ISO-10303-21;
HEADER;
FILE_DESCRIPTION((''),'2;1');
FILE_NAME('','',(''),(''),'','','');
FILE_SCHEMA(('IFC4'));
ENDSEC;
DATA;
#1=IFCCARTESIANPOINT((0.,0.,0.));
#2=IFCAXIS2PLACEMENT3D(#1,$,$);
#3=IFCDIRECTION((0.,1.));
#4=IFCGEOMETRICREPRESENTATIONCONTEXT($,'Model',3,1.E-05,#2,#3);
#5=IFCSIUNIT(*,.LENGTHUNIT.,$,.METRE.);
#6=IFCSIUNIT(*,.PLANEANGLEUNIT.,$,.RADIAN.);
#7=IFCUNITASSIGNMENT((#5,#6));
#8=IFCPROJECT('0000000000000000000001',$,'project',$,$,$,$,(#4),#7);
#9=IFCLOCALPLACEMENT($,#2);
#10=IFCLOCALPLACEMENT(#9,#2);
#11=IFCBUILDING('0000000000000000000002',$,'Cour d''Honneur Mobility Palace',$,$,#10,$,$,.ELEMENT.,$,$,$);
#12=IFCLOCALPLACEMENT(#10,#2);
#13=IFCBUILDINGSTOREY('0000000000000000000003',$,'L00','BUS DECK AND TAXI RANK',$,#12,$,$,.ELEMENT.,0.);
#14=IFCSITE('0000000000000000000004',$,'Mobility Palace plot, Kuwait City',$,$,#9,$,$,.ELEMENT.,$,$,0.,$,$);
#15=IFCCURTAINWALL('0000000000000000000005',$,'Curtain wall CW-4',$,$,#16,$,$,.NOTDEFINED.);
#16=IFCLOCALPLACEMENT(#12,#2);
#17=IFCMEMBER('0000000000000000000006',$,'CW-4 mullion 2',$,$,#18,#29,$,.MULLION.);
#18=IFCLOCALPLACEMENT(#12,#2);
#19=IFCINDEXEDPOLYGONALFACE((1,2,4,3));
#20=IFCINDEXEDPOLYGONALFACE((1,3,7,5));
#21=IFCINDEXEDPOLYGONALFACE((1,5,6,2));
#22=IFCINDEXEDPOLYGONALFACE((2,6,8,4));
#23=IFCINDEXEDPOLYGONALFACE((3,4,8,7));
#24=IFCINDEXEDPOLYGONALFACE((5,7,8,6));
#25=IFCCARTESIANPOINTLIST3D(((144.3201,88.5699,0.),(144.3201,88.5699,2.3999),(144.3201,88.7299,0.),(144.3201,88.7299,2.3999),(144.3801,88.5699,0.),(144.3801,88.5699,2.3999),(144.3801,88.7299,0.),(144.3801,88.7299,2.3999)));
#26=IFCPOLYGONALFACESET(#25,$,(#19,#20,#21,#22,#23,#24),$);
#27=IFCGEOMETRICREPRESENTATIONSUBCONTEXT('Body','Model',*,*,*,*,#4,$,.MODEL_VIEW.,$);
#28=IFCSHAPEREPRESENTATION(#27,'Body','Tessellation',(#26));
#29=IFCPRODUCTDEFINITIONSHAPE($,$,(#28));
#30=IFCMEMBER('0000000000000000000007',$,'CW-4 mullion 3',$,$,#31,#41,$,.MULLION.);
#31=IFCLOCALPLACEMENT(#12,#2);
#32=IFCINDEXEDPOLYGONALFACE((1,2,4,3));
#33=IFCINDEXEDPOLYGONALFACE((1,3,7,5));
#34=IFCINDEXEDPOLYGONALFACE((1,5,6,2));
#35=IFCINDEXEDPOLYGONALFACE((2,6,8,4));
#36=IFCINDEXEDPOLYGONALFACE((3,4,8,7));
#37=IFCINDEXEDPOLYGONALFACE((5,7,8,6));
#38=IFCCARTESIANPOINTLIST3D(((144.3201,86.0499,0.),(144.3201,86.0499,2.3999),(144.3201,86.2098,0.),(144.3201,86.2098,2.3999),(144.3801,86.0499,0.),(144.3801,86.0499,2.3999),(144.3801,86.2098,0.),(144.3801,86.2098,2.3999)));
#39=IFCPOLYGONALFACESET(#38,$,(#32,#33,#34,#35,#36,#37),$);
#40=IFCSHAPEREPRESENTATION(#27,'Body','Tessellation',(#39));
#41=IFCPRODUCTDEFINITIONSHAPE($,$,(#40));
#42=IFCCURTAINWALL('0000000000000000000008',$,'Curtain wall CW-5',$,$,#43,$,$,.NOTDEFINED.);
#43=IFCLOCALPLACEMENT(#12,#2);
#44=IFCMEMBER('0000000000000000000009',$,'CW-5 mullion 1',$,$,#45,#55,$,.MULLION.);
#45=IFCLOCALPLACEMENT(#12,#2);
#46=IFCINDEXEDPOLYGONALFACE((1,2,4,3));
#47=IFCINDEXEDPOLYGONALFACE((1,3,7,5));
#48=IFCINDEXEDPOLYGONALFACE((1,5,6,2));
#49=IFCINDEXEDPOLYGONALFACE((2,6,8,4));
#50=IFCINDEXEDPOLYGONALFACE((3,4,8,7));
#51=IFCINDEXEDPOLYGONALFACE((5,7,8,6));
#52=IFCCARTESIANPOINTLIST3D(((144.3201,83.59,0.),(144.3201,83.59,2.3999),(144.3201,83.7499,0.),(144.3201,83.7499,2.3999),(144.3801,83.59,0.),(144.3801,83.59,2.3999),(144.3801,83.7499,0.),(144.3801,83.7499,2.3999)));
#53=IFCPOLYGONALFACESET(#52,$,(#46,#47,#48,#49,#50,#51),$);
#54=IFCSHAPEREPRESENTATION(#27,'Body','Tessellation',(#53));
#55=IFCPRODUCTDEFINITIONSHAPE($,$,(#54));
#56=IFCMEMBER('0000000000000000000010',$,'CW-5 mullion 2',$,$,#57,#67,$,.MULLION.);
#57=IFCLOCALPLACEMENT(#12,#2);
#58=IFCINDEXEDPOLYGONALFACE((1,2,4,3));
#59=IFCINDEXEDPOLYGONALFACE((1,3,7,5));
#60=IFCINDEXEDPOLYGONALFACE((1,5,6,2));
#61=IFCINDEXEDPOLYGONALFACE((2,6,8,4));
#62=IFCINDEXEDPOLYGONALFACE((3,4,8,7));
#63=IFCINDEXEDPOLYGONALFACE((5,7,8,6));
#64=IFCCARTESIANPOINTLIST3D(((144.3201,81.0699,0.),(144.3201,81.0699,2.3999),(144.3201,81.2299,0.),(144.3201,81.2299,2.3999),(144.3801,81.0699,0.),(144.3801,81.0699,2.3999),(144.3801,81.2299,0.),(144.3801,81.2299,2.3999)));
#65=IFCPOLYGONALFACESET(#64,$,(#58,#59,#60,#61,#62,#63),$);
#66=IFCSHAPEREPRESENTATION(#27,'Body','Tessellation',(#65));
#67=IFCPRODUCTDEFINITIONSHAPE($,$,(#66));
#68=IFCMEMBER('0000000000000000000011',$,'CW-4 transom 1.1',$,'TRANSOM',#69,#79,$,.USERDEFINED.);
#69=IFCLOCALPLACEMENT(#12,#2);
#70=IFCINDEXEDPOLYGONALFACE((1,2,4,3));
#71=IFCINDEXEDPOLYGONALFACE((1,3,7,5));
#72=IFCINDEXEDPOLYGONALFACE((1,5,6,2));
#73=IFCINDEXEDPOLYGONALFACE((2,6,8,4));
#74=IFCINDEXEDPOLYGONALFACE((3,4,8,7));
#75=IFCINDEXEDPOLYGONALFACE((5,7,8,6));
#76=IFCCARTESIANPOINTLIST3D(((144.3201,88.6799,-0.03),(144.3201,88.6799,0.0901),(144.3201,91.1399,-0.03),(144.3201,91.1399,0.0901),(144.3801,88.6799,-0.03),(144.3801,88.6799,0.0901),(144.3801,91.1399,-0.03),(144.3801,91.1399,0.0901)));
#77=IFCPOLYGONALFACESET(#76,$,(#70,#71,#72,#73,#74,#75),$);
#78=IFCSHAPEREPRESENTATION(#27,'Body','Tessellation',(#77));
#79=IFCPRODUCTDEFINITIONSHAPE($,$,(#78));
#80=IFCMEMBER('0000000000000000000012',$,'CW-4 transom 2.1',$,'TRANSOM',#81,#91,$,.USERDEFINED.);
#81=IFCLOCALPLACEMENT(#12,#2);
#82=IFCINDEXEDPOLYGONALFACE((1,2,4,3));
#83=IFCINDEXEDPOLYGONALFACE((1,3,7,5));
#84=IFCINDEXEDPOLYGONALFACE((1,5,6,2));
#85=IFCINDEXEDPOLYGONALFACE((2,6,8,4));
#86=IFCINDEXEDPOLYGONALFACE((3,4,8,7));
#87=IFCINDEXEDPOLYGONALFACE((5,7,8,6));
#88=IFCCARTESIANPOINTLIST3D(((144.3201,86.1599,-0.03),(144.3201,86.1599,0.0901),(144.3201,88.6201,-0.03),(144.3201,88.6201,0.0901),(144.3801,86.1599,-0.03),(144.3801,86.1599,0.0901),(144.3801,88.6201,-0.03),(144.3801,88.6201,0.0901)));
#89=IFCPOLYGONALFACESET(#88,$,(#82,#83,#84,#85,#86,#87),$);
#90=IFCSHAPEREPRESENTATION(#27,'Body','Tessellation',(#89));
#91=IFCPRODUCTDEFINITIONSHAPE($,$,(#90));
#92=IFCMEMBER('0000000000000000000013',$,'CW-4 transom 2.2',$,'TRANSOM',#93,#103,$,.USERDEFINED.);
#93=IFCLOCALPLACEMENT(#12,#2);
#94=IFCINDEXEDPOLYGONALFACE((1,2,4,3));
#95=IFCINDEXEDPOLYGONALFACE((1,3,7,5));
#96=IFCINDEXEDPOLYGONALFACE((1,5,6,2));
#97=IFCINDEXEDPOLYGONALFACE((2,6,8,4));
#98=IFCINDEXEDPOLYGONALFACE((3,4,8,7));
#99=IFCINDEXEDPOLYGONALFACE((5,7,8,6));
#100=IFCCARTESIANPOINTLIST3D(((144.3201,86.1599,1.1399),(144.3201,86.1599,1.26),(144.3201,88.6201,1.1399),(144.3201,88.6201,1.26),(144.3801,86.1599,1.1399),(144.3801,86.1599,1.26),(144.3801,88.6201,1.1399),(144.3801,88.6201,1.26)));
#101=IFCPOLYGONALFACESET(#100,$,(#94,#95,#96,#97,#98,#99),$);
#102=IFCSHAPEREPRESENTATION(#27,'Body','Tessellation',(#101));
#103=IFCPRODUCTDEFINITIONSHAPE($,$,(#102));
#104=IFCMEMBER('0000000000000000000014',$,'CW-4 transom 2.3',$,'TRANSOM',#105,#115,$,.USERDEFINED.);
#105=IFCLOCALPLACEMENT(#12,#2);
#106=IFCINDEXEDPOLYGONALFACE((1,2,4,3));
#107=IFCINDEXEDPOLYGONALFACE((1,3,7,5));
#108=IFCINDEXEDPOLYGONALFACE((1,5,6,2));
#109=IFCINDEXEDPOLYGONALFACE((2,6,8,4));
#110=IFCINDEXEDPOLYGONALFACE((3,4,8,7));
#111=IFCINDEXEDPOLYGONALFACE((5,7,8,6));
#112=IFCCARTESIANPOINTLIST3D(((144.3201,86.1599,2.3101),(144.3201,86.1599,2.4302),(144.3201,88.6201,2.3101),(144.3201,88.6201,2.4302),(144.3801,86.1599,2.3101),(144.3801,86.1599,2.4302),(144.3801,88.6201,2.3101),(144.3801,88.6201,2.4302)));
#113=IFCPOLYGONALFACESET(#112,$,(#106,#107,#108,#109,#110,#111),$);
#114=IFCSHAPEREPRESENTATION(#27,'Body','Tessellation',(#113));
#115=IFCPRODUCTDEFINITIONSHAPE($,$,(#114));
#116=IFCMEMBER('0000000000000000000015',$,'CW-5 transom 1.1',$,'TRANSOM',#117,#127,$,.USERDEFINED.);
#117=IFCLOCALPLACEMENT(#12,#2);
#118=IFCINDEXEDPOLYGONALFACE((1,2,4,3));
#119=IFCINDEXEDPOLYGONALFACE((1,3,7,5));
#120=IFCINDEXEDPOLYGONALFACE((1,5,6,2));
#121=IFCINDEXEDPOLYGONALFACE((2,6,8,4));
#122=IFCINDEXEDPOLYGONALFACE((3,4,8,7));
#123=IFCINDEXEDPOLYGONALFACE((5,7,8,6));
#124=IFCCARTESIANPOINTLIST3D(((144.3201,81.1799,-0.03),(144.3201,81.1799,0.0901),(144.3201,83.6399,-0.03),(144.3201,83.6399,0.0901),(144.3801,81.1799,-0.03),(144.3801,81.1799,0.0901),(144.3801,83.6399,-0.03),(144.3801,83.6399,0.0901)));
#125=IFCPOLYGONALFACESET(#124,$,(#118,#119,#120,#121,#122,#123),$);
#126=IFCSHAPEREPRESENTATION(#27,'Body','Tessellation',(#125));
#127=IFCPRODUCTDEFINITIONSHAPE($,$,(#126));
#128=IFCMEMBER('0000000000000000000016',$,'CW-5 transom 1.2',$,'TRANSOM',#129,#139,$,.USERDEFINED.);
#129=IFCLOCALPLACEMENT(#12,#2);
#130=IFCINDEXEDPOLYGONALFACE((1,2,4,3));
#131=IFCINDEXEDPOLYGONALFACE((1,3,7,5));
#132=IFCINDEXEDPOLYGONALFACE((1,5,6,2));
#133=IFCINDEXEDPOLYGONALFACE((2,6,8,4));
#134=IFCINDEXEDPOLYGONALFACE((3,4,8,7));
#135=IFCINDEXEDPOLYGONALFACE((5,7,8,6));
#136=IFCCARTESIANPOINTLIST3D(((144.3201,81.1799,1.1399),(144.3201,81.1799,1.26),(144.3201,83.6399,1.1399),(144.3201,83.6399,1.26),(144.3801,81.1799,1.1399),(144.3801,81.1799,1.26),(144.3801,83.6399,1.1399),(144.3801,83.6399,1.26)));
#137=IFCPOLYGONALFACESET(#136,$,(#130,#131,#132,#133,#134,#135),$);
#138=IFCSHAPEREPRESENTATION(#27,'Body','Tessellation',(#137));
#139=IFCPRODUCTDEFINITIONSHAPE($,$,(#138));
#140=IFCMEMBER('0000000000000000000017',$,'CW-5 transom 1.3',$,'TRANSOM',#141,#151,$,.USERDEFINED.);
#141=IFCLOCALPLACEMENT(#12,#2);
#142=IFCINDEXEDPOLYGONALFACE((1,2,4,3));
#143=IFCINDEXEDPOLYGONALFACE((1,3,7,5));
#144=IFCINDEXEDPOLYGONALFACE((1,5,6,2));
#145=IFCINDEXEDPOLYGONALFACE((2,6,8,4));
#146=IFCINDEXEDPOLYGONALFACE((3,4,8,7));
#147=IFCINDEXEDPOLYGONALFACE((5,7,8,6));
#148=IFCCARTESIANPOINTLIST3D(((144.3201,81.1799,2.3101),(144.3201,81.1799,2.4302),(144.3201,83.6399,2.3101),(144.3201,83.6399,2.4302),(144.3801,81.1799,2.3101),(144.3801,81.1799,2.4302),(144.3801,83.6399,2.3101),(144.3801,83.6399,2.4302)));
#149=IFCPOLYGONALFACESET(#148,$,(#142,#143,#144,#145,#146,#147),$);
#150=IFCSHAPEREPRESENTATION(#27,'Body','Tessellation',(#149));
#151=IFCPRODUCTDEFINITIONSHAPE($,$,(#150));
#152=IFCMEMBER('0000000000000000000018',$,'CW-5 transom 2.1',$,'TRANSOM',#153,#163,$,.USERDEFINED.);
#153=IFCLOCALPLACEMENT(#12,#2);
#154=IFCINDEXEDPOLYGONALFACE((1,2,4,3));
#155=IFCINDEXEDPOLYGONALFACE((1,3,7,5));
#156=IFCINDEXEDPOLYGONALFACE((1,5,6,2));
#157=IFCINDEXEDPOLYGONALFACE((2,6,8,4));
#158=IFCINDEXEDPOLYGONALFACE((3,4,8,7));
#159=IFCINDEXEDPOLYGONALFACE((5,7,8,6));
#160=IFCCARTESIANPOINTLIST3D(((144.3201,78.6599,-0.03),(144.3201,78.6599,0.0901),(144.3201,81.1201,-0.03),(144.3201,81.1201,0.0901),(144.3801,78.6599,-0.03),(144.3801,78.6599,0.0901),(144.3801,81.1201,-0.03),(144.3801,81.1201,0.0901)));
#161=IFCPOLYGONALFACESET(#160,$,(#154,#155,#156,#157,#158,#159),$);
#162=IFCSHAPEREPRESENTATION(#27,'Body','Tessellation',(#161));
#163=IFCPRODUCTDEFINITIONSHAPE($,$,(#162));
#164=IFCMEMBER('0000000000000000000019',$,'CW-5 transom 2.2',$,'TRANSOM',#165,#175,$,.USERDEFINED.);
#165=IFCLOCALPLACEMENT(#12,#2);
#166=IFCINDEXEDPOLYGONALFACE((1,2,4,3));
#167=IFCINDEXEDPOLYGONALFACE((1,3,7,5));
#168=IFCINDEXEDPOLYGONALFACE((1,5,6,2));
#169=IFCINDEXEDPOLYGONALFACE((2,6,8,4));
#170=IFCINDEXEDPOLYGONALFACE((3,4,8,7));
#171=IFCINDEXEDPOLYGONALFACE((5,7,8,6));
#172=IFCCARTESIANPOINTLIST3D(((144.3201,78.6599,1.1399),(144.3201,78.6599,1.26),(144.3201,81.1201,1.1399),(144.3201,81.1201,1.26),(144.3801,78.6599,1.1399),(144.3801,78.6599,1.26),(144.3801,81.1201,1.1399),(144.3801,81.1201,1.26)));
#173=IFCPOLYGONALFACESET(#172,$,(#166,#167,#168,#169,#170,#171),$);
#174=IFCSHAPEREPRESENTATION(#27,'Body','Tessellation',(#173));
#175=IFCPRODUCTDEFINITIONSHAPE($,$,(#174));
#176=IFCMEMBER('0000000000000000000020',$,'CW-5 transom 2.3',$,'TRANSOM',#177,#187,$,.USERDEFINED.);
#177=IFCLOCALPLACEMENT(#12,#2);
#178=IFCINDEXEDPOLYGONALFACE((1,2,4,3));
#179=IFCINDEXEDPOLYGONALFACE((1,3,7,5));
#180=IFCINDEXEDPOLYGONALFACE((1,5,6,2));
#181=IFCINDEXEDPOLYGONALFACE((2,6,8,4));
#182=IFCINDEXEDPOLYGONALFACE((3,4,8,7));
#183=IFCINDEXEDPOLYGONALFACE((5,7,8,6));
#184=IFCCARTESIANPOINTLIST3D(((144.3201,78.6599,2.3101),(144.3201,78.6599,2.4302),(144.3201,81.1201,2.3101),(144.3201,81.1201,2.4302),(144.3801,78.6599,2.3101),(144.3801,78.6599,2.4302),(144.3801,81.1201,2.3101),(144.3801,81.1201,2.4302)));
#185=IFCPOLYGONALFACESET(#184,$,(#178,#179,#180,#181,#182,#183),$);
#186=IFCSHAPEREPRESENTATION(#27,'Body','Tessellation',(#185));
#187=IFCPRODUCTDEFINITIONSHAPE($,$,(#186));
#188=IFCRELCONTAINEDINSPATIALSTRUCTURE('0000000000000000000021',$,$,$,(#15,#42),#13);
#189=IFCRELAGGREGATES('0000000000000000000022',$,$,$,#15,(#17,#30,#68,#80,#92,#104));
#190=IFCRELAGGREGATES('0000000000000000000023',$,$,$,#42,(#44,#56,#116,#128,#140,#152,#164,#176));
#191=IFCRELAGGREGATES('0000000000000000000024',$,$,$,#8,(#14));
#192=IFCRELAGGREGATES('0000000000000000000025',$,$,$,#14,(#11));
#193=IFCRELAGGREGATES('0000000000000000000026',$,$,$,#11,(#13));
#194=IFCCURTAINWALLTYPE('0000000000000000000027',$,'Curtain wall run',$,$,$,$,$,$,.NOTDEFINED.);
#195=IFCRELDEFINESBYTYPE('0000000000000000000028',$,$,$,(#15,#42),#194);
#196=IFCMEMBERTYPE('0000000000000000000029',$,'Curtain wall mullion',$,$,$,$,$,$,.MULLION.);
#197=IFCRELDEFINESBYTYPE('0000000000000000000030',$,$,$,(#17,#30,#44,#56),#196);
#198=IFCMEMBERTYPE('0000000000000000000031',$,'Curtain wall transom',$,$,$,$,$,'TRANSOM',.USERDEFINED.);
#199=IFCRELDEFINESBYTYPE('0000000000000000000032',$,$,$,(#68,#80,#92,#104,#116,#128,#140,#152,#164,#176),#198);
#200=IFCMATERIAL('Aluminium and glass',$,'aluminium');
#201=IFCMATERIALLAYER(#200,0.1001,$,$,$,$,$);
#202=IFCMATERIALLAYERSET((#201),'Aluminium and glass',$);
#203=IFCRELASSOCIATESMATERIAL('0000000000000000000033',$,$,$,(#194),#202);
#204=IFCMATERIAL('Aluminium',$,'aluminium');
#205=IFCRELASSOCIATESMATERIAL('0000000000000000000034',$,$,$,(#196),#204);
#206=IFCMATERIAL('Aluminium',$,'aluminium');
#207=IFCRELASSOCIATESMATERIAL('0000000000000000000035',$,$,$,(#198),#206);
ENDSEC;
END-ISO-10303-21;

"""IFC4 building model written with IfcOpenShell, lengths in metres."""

from ifc_helpers import new_model, si_unit, direction, frame, origin, origin_2d, place, context, subcontext, project, spatial, rectangle, extrude, material, layer, layer_set, material_profile, profile_set, type_object, element, aggregate, save


model = new_model("IFC4")

# Units and contexts
model_context = context("Model", 3, precision=1e-05, world=origin(), true_north=direction((0.0, 1.0)))
body_context = subcontext(model_context, "Body", "Model", "MODEL_VIEW")
ifc_project = project(units=[si_unit("LENGTHUNIT", "METRE"), si_unit("PLANEANGLEUNIT", "RADIAN")], contexts=[model_context])

# Site, building, storey
site_placement = place(None, origin())
site = spatial("IfcSite", under=ifc_project, at=site_placement, Name="Mobility Palace plot, Kuwait City", CompositionType="ELEMENT", RefElevation=0.0)
building_placement = place(site_placement, origin())
building = spatial("IfcBuilding", under=site, at=building_placement, Name="Cour d'Honneur Mobility Palace", CompositionType="ELEMENT")
storey_placement = place(building_placement, origin())
storey = spatial("IfcBuildingStorey", under=building, at=storey_placement, Name="L00", Description="BUS DECK AND TAXI RANK", CompositionType="ELEMENT", Elevation=0.0)

# Curtain walls, members
ifc_material_1 = material(Name="Aluminium and glass", Category="aluminium")
ifc_layer_1 = layer(ifc_material_1, 0.1001)
ifc_layer_set_1 = layer_set([ifc_layer_1], Name="Aluminium and glass")
curtain_wall_type = type_object("IfcCurtainWallType", Name="Curtain wall run", PredefinedType="NOTDEFINED", material=ifc_layer_set_1)
curtain_wall_1_placement = place(storey_placement, origin())
curtain_wall_1 = element("IfcCurtainWall", 1, at=curtain_wall_1_placement, inside=storey, type_object=curtain_wall_type, Name="Curtain wall CW-4", PredefinedType="NOTDEFINED")
ifc_material_2 = material(Name="Aluminium", Category="aluminium")
ifc_material_profile_1 = material_profile(ifc_material_2, rectangle(XDim=0.0601, YDim=0.1599, at=origin_2d()), Name="Curtain wall mullion")
ifc_profile_set_1 = profile_set([ifc_material_profile_1], Name="Aluminium")
member_type_1 = type_object("IfcMemberType", Name="Curtain wall mullion", PredefinedType="MULLION", material=ifc_profile_set_1)
member_1_placement = place(storey_placement, frame((144.3501, 88.6499, 0.0), z_axis=(0.0, 0.0, 1.0), x_axis=(1.0, 0.0, 0.0)))
member_1 = element("IfcMember", 2, at=member_1_placement, type_object=member_type_1, Name="CW-4 mullion 2", PredefinedType="MULLION", context=body_context, shape_type="SweptSolid", body=[
    extrude(rectangle(XDim=0.0601, YDim=0.1599, at=origin_2d()), origin(), (0.0, 0.0, 1.0), 2.3999),
])
member_2_placement = place(storey_placement, frame((144.3501, 86.1299, 0.0), z_axis=(0.0, 0.0, 1.0), x_axis=(1.0, 0.0, 0.0)))
member_2 = element("IfcMember", 3, at=member_2_placement, type_object=member_type_1, Name="CW-4 mullion 3", PredefinedType="MULLION", context=body_context, shape_type="SweptSolid", body=[
    extrude(rectangle(XDim=0.0601, YDim=0.1599, at=origin_2d()), origin(), (0.0, 0.0, 1.0), 2.3999),
])
curtain_wall_2_placement = place(storey_placement, origin())
curtain_wall_2 = element("IfcCurtainWall", 4, at=curtain_wall_2_placement, inside=storey, type_object=curtain_wall_type, Name="Curtain wall CW-5", PredefinedType="NOTDEFINED")
member_3_placement = place(storey_placement, frame((144.3501, 83.6699, 0.0), z_axis=(0.0, 0.0, 1.0), x_axis=(1.0, 0.0, 0.0)))
member_3 = element("IfcMember", 5, at=member_3_placement, type_object=member_type_1, Name="CW-5 mullion 1", PredefinedType="MULLION", context=body_context, shape_type="SweptSolid", body=[
    extrude(rectangle(XDim=0.0601, YDim=0.1599, at=origin_2d()), origin(), (0.0, 0.0, 1.0), 2.3999),
])
member_4_placement = place(storey_placement, frame((144.3501, 81.1499, 0.0), z_axis=(0.0, 0.0, 1.0), x_axis=(1.0, 0.0, 0.0)))
member_4 = element("IfcMember", 6, at=member_4_placement, type_object=member_type_1, Name="CW-5 mullion 2", PredefinedType="MULLION", context=body_context, shape_type="SweptSolid", body=[
    extrude(rectangle(XDim=0.0601, YDim=0.1599, at=origin_2d()), origin(), (0.0, 0.0, 1.0), 2.3999),
])

# Members
ifc_material_3 = material(Name="Aluminium", Category="aluminium")
ifc_material_profile_2 = material_profile(ifc_material_3, rectangle(XDim=0.0601, YDim=0.1201, at=origin_2d()), Name="Curtain wall transom")
ifc_profile_set_2 = profile_set([ifc_material_profile_2], Name="Aluminium")
member_type_2 = type_object("IfcMemberType", Name="Curtain wall transom", ElementType="TRANSOM", PredefinedType="USERDEFINED", material=ifc_profile_set_2)
member_5_placement = place(storey_placement, frame((144.3501, 91.1399, 0.03), z_axis=(0.0, -1.0, 0.0), x_axis=(1.0, 0.0, 0.0)))
member_5 = element("IfcMember", 7, at=member_5_placement, type_object=member_type_2, Name="CW-4 transom 1.1", ObjectType="TRANSOM", PredefinedType="USERDEFINED", context=body_context, shape_type="SweptSolid", body=[
    extrude(rectangle(XDim=0.0601, YDim=0.1201, at=origin_2d()), origin(), (0.0, 0.0, 1.0), 2.46),
])
member_6_placement = place(storey_placement, frame((144.3501, 88.6201, 0.03), z_axis=(0.0, -1.0, 0.0), x_axis=(1.0, 0.0, 0.0)))
member_6 = element("IfcMember", 8, at=member_6_placement, type_object=member_type_2, Name="CW-4 transom 2.1", ObjectType="TRANSOM", PredefinedType="USERDEFINED", context=body_context, shape_type="SweptSolid", body=[
    extrude(rectangle(XDim=0.0601, YDim=0.1201, at=origin_2d()), origin(), (0.0, 0.0, 1.0), 2.4602),
])
member_7_placement = place(storey_placement, frame((144.3501, 88.6201, 1.2), z_axis=(0.0, -1.0, 0.0), x_axis=(1.0, 0.0, 0.0)))
member_7 = element("IfcMember", 9, at=member_7_placement, type_object=member_type_2, Name="CW-4 transom 2.2", ObjectType="TRANSOM", PredefinedType="USERDEFINED", context=body_context, shape_type="SweptSolid", body=[
    extrude(rectangle(XDim=0.0601, YDim=0.1201, at=origin_2d()), origin(), (0.0, 0.0, 1.0), 2.4602),
])
member_8_placement = place(storey_placement, frame((144.3501, 88.6201, 2.3701), z_axis=(0.0, -1.0, 0.0), x_axis=(1.0, 0.0, 0.0)))
member_8 = element("IfcMember", 10, at=member_8_placement, type_object=member_type_2, Name="CW-4 transom 2.3", ObjectType="TRANSOM", PredefinedType="USERDEFINED", context=body_context, shape_type="SweptSolid", body=[
    extrude(rectangle(XDim=0.0601, YDim=0.1201, at=origin_2d()), origin(), (0.0, 0.0, 1.0), 2.4602),
])
member_9_placement = place(storey_placement, frame((144.3501, 83.6399, 0.03), z_axis=(0.0, -1.0, 0.0), x_axis=(1.0, 0.0, 0.0)))
member_9 = element("IfcMember", 11, at=member_9_placement, type_object=member_type_2, Name="CW-5 transom 1.1", ObjectType="TRANSOM", PredefinedType="USERDEFINED", context=body_context, shape_type="SweptSolid", body=[
    extrude(rectangle(XDim=0.0601, YDim=0.1201, at=origin_2d()), origin(), (0.0, 0.0, 1.0), 2.46),
])
member_10_placement = place(storey_placement, frame((144.3501, 83.6399, 1.2), z_axis=(0.0, -1.0, 0.0), x_axis=(1.0, 0.0, 0.0)))
member_10 = element("IfcMember", 12, at=member_10_placement, type_object=member_type_2, Name="CW-5 transom 1.2", ObjectType="TRANSOM", PredefinedType="USERDEFINED", context=body_context, shape_type="SweptSolid", body=[
    extrude(rectangle(XDim=0.0601, YDim=0.1201, at=origin_2d()), origin(), (0.0, 0.0, 1.0), 2.46),
])
member_11_placement = place(storey_placement, frame((144.3501, 83.6399, 2.3701), z_axis=(0.0, -1.0, 0.0), x_axis=(1.0, 0.0, 0.0)))
member_11 = element("IfcMember", 13, at=member_11_placement, type_object=member_type_2, Name="CW-5 transom 1.3", ObjectType="TRANSOM", PredefinedType="USERDEFINED", context=body_context, shape_type="SweptSolid", body=[
    extrude(rectangle(XDim=0.0601, YDim=0.1201, at=origin_2d()), origin(), (0.0, 0.0, 1.0), 2.46),
])
member_12_placement = place(storey_placement, frame((144.3501, 81.1201, 0.03), z_axis=(0.0, -1.0, 0.0), x_axis=(1.0, 0.0, 0.0)))
member_12 = element("IfcMember", 14, at=member_12_placement, type_object=member_type_2, Name="CW-5 transom 2.1", ObjectType="TRANSOM", PredefinedType="USERDEFINED", context=body_context, shape_type="SweptSolid", body=[
    extrude(rectangle(XDim=0.0601, YDim=0.1201, at=origin_2d()), origin(), (0.0, 0.0, 1.0), 2.4602),
])
member_13_placement = place(storey_placement, frame((144.3501, 81.1201, 1.2), z_axis=(0.0, -1.0, 0.0), x_axis=(1.0, 0.0, 0.0)))
member_13 = element("IfcMember", 15, at=member_13_placement, type_object=member_type_2, Name="CW-5 transom 2.2", ObjectType="TRANSOM", PredefinedType="USERDEFINED", context=body_context, shape_type="SweptSolid", body=[
    extrude(rectangle(XDim=0.0601, YDim=0.1201, at=origin_2d()), origin(), (0.0, 0.0, 1.0), 2.4602),
])
member_14_placement = place(storey_placement, frame((144.3501, 81.1201, 2.3701), z_axis=(0.0, -1.0, 0.0), x_axis=(1.0, 0.0, 0.0)))
member_14 = element("IfcMember", 16, at=member_14_placement, type_object=member_type_2, Name="CW-5 transom 2.3", ObjectType="TRANSOM", PredefinedType="USERDEFINED", context=body_context, shape_type="SweptSolid", body=[
    extrude(rectangle(XDim=0.0601, YDim=0.1201, at=origin_2d()), origin(), (0.0, 0.0, 1.0), 2.4602),
])

aggregate(curtain_wall_1, [member_1, member_2, member_5, member_6, member_7, member_8])
aggregate(curtain_wall_2, [member_3, member_4, member_9, member_10, member_11, member_12, member_13, member_14])

save(model, "model.ifc")
